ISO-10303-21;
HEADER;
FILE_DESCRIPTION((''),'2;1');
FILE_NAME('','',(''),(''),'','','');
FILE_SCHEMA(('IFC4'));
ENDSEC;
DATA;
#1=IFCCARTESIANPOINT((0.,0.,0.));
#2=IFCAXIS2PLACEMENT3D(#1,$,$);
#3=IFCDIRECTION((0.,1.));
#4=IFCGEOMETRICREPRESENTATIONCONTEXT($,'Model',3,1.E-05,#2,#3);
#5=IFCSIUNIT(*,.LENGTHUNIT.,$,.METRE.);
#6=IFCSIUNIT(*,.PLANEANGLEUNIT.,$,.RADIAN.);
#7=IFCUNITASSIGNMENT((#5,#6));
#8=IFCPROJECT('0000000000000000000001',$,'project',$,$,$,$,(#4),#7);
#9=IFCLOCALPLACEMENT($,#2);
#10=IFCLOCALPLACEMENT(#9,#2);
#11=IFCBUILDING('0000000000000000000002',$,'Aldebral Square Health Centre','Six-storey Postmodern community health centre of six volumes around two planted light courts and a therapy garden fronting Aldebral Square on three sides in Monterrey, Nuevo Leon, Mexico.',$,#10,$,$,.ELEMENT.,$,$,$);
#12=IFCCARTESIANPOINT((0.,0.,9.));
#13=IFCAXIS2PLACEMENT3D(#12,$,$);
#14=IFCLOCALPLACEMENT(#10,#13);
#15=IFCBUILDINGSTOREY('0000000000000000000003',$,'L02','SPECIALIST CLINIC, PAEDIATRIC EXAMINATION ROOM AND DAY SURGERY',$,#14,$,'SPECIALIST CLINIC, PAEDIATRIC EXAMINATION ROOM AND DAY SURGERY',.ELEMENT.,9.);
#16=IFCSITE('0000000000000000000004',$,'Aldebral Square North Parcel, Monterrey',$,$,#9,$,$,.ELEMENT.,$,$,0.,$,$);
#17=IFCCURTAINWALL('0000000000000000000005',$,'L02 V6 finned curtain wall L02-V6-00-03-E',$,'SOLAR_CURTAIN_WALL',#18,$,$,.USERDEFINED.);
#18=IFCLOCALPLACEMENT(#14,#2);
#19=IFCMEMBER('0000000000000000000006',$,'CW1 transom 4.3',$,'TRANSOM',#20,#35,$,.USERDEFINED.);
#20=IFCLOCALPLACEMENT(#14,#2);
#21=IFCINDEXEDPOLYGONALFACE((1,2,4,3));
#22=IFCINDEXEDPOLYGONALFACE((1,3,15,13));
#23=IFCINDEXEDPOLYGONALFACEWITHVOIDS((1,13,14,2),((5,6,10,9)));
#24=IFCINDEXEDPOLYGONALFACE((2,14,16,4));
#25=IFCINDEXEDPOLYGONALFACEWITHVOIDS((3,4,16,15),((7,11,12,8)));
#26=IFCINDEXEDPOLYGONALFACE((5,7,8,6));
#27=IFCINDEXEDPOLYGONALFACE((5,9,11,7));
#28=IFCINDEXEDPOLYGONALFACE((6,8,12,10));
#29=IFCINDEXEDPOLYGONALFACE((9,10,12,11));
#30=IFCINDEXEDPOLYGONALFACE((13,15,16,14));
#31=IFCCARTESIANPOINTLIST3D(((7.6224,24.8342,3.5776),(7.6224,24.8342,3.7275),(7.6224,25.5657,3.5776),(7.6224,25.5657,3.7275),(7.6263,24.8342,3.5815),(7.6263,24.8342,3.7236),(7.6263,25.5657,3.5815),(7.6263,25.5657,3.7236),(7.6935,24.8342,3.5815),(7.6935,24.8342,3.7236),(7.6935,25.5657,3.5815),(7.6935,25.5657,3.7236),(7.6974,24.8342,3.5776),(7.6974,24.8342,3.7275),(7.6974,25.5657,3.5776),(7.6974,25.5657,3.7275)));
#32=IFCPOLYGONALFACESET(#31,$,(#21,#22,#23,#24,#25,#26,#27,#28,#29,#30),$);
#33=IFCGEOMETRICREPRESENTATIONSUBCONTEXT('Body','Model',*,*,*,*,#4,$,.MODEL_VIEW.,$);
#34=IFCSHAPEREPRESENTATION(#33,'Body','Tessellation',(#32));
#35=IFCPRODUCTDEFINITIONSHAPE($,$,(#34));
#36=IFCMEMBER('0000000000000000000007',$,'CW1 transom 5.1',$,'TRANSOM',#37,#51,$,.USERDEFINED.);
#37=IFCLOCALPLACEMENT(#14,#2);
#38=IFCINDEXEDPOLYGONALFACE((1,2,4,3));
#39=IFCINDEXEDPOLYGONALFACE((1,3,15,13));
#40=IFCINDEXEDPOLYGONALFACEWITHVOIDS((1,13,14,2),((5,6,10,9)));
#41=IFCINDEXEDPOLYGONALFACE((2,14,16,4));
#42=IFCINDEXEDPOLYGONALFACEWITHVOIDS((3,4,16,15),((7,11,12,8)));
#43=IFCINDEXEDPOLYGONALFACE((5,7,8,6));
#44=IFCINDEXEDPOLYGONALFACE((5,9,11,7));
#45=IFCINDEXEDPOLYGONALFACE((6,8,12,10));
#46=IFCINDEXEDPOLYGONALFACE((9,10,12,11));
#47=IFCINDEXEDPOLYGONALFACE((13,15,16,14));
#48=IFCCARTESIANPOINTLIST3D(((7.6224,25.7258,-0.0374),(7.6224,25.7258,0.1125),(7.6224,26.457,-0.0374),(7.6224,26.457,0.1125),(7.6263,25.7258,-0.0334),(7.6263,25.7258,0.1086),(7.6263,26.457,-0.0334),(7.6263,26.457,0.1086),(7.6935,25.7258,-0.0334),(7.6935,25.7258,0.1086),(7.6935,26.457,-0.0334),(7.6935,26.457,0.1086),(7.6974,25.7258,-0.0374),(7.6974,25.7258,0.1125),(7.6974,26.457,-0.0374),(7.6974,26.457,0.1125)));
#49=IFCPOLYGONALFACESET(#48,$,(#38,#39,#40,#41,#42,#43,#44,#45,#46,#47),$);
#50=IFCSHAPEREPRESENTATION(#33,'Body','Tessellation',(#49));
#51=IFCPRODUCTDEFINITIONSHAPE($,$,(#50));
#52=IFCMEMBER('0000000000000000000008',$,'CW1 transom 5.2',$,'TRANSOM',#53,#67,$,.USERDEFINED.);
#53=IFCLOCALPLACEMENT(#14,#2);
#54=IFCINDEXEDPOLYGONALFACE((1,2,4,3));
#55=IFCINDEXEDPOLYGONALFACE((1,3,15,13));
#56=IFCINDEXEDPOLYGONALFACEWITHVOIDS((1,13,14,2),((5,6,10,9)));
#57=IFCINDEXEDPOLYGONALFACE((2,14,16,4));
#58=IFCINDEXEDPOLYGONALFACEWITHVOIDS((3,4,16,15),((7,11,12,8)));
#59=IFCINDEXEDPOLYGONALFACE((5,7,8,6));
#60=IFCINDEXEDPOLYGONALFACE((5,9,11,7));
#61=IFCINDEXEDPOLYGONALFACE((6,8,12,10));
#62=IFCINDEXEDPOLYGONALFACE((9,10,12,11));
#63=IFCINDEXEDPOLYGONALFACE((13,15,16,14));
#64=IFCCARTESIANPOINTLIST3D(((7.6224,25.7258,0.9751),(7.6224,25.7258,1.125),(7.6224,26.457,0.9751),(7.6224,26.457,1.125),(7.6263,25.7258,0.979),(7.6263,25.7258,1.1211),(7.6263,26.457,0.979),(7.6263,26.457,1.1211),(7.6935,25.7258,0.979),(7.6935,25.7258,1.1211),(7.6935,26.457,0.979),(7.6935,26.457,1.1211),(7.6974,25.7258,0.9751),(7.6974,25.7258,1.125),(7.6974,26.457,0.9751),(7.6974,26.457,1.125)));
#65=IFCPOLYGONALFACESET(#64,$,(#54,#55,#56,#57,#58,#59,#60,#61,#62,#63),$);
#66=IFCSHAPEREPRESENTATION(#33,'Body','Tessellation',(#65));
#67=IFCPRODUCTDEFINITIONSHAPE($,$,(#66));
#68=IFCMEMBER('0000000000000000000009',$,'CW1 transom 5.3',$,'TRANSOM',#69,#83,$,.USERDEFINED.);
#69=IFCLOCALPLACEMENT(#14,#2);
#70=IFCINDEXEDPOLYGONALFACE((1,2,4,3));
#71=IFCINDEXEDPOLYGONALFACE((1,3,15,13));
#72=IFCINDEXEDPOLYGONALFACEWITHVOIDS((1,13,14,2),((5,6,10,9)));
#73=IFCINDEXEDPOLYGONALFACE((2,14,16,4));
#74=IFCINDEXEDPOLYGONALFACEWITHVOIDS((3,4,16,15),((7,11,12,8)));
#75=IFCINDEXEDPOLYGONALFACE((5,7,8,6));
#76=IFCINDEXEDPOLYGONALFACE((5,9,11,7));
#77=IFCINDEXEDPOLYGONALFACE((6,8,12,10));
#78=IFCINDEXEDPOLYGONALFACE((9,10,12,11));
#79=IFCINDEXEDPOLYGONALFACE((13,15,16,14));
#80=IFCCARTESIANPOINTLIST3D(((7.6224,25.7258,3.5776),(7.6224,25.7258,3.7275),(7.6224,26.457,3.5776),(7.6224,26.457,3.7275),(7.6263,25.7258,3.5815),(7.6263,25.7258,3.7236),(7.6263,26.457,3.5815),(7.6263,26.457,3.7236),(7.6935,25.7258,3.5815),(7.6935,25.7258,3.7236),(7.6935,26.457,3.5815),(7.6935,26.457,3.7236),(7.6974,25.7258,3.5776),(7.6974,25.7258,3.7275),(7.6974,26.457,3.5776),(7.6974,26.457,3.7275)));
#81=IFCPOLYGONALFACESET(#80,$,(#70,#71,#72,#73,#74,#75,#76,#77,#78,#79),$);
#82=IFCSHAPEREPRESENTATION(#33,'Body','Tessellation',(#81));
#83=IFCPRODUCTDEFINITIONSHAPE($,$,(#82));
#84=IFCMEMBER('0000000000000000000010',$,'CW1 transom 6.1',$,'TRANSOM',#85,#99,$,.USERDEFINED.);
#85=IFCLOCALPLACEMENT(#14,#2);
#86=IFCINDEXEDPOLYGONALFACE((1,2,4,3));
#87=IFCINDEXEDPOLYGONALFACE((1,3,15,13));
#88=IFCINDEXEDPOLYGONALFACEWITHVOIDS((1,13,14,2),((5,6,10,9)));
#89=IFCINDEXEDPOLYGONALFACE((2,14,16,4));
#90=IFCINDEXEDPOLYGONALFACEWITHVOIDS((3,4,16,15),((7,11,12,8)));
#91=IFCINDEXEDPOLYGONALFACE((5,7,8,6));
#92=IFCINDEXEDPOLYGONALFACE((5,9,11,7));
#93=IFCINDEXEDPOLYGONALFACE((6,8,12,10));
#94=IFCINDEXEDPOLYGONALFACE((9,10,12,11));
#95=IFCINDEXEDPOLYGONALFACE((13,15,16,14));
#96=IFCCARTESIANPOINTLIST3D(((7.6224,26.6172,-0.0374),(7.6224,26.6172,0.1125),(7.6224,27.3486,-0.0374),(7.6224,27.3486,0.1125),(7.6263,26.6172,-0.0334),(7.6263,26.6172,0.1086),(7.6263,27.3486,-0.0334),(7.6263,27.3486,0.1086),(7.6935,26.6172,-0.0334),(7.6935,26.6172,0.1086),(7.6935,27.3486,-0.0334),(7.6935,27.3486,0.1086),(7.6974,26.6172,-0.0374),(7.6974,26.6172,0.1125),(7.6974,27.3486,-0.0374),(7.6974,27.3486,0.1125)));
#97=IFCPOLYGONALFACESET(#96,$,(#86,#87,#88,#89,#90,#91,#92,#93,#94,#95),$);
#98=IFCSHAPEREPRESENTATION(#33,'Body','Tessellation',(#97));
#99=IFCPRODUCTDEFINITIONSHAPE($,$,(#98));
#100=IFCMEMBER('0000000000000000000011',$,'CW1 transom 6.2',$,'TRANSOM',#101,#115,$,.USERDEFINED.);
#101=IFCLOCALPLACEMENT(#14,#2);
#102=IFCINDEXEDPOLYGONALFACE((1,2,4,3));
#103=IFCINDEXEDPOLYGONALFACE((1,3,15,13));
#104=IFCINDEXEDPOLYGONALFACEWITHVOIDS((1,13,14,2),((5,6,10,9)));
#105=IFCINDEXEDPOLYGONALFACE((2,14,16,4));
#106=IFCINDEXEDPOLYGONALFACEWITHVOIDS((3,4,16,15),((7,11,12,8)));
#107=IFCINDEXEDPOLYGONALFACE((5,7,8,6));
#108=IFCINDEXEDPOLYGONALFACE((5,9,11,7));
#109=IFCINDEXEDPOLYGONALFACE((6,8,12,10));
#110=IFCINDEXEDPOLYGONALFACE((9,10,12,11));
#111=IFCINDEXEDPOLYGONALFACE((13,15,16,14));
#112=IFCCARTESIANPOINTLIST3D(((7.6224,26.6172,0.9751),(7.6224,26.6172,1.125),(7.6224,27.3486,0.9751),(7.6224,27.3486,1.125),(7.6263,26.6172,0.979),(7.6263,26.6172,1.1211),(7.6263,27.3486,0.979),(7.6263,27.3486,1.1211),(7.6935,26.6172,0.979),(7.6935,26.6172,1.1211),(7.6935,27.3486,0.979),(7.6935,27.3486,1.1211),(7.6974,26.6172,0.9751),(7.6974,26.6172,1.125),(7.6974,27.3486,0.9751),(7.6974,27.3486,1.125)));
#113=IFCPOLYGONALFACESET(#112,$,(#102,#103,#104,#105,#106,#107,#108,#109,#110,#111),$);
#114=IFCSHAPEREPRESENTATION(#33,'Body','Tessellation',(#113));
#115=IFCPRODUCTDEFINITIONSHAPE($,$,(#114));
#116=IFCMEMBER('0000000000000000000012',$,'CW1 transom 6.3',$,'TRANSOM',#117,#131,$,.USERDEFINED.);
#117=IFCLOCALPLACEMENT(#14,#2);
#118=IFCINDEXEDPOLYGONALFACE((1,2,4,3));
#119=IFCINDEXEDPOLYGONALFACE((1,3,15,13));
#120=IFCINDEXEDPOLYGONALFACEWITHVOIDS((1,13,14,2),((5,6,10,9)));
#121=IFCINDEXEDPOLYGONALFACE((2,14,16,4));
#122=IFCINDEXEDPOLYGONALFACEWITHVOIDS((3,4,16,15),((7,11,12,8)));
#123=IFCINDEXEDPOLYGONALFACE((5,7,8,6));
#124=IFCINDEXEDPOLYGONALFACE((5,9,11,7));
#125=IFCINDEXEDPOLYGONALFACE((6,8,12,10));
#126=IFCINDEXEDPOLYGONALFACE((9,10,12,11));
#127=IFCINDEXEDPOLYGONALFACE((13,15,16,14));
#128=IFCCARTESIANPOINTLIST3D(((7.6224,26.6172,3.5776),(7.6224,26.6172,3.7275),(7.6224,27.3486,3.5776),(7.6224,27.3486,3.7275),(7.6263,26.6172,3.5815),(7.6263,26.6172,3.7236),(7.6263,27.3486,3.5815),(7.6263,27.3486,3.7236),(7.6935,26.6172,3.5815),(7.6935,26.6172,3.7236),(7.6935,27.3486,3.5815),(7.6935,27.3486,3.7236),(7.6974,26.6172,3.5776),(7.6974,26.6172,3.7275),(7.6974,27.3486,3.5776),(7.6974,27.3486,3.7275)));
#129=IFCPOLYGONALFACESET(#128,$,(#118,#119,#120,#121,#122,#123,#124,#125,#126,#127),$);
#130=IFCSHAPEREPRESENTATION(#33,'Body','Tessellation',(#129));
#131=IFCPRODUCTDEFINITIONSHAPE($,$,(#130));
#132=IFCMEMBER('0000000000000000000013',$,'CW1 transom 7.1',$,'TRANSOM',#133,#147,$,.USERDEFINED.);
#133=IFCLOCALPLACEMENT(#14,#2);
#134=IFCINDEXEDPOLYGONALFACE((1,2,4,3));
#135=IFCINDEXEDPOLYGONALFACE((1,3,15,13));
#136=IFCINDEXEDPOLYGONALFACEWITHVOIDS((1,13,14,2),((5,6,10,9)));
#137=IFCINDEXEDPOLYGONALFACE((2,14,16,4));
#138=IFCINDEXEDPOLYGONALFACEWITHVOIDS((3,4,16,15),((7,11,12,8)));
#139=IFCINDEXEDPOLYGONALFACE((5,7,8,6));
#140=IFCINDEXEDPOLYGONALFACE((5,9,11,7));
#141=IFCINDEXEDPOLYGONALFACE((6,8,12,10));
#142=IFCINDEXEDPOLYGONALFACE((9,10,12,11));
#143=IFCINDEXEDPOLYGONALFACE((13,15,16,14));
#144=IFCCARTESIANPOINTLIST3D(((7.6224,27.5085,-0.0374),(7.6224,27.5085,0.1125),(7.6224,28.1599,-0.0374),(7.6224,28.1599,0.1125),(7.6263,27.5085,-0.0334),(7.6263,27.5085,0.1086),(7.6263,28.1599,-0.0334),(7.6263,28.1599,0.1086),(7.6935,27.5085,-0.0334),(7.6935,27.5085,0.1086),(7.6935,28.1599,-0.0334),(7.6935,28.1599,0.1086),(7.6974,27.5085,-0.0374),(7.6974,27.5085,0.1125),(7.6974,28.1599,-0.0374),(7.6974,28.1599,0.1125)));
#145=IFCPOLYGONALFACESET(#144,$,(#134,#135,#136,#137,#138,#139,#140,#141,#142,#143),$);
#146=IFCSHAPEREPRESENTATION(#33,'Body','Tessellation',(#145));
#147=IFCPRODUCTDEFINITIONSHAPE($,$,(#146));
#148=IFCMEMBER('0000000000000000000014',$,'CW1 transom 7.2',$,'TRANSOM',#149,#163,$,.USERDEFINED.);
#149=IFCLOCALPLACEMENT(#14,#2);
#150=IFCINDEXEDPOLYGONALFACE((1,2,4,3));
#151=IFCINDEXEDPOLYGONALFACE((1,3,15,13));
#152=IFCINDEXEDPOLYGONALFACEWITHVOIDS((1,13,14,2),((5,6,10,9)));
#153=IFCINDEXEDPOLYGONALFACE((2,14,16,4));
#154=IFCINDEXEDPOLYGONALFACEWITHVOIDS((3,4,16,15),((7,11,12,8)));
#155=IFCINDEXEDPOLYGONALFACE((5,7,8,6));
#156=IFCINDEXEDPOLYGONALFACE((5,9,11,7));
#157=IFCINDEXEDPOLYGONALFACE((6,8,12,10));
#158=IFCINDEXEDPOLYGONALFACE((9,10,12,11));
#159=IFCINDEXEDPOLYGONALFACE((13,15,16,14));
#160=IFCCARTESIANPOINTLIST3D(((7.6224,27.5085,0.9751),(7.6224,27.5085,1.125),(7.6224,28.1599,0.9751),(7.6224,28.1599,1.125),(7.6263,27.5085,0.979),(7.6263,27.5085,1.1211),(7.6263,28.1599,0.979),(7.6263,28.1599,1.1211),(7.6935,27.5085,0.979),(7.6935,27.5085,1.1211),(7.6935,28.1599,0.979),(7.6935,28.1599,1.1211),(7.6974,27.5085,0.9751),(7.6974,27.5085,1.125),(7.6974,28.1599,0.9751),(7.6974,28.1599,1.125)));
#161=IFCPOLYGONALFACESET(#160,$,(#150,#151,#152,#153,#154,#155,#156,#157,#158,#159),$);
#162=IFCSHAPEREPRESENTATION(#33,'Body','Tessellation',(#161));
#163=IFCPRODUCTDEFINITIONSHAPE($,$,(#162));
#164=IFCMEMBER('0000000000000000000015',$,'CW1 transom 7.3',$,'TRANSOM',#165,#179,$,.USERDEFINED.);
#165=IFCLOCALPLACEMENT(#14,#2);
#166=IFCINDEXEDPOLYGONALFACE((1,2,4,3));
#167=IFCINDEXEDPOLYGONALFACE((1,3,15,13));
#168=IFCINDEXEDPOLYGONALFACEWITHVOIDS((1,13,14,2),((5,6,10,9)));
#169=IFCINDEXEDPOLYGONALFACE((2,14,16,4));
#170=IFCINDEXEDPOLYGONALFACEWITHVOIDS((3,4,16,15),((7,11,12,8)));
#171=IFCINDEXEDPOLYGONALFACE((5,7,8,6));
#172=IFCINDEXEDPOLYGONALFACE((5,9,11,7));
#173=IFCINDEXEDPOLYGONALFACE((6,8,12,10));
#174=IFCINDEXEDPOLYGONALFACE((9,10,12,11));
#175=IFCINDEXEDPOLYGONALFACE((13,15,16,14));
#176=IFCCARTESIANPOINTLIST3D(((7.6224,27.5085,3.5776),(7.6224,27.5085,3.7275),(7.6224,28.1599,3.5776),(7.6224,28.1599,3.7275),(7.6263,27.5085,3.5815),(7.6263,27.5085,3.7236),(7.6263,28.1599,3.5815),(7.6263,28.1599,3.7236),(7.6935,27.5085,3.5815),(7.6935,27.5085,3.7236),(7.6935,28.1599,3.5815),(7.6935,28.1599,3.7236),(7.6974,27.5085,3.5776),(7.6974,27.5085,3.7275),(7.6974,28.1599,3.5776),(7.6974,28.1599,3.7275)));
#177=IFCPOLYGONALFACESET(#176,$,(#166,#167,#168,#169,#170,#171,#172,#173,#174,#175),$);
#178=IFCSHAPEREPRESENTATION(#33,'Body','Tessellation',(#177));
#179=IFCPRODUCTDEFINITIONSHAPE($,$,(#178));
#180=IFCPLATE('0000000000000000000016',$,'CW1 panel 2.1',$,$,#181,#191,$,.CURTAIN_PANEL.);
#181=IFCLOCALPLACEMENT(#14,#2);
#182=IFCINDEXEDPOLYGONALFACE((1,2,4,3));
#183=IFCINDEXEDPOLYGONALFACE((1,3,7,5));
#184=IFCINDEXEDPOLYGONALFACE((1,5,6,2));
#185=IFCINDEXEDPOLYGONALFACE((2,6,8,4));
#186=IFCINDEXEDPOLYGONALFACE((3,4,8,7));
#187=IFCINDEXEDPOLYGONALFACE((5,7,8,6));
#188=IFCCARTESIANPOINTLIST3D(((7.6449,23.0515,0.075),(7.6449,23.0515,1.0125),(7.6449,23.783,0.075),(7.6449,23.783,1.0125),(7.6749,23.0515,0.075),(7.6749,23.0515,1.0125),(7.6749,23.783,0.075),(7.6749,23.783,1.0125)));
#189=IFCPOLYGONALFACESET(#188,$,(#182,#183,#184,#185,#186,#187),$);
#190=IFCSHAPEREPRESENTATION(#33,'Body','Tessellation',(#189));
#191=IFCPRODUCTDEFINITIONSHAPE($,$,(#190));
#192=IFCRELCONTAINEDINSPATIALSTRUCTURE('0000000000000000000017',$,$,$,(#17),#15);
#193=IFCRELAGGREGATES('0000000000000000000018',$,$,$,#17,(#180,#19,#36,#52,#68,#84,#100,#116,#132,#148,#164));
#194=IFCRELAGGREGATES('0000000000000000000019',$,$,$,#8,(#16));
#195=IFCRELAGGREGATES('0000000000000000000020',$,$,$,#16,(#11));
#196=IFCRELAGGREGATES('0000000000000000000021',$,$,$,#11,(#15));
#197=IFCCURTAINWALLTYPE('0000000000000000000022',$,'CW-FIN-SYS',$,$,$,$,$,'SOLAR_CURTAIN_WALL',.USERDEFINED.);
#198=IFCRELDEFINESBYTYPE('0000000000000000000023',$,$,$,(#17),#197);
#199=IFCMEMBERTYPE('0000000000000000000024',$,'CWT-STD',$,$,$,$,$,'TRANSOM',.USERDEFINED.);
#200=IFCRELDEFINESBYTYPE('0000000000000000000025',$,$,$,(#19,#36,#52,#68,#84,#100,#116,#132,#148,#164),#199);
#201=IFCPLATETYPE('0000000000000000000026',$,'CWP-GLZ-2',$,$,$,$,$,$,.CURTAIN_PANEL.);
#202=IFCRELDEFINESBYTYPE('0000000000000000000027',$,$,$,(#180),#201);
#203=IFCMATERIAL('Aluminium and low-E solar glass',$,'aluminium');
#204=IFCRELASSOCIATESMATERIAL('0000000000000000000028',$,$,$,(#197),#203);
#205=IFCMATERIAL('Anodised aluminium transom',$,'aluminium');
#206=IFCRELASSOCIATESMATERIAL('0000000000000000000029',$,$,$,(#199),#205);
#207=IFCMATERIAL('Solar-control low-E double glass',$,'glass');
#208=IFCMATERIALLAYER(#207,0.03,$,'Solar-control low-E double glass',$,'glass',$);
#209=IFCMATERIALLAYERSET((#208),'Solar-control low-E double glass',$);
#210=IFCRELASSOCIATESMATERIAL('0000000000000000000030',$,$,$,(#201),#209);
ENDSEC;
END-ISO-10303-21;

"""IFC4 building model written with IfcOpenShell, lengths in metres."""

from ifc_helpers import new_model, si_unit, direction, frame, origin, origin_2d, place, context, subcontext, project, spatial, rectangle, hollow_rectangle, extrude, material, layer, layer_set, material_profile, profile_set, type_object, element, aggregate, save


model = new_model("IFC4")

# Units and contexts
model_context = context("Model", 3, precision=1e-05, world=origin(), true_north=direction((0.0, 1.0)))
body_context = subcontext(model_context, "Body", "Model", "MODEL_VIEW")
ifc_project = project(units=[si_unit("LENGTHUNIT", "METRE"), si_unit("PLANEANGLEUNIT", "RADIAN")], contexts=[model_context])

# Site, building, storey
site_placement = place(None, origin())
site = spatial("IfcSite", under=ifc_project, at=site_placement, Name="Aldebral Square North Parcel, Monterrey", CompositionType="ELEMENT", RefElevation=0.0)
building_placement = place(site_placement, origin())
building = spatial("IfcBuilding", under=site, at=building_placement, Name="Aldebral Square Health Centre", Description="Six-storey Postmodern community health centre of six volumes around two planted light courts and a therapy garden fronting Aldebral Square on three sides in Monterrey, Nuevo Leon, Mexico.", CompositionType="ELEMENT")
storey_placement = place(building_placement, frame((0.0, 0.0, 9.0)))
storey = spatial("IfcBuildingStorey", under=building, at=storey_placement, Name="L02", Description="SPECIALIST CLINIC, PAEDIATRIC EXAMINATION ROOM AND DAY SURGERY", LongName="SPECIALIST CLINIC, PAEDIATRIC EXAMINATION ROOM AND DAY SURGERY", CompositionType="ELEMENT", Elevation=9.0)

# Curtain wall, members, plate
ifc_material_1 = material(Name="Aluminium and low-E solar glass", Category="aluminium")
curtain_wall_type = type_object("IfcCurtainWallType", Name="CW-FIN-SYS", ElementType="SOLAR_CURTAIN_WALL", PredefinedType="USERDEFINED", material=ifc_material_1)
curtain_wall_placement = place(storey_placement, origin())
curtain_wall = element("IfcCurtainWall", 1, at=curtain_wall_placement, inside=storey, type_object=curtain_wall_type, Name="L02 V6 finned curtain wall L02-V6-00-03-E", ObjectType="SOLAR_CURTAIN_WALL", PredefinedType="USERDEFINED")
ifc_material_2 = material(Name="Anodised aluminium transom", Category="aluminium")
ifc_material_profile_1 = material_profile(ifc_material_2, hollow_rectangle(XDim=0.075, YDim=0.1499, WallThickness=0.0039, at=origin_2d()), Name="CWT 75x150x4")
ifc_profile_set_1 = profile_set([ifc_material_profile_1], Name="Anodised aluminium transom")
member_type_1 = type_object("IfcMemberType", Name="CWT-STD", ElementType="TRANSOM", PredefinedType="USERDEFINED", material=ifc_profile_set_1)
member_1_placement = place(storey_placement, frame((7.6599, 24.8342, 3.6526), z_axis=(0.0, 1.0, 0.0), x_axis=(-1.0, 0.0, 0.0)))
member_1 = element("IfcMember", 2, at=member_1_placement, type_object=member_type_1, Name="CW1 transom 4.3", ObjectType="TRANSOM", PredefinedType="USERDEFINED", context=body_context, shape_type="SweptSolid", body=[
    extrude(hollow_rectangle(XDim=0.075, YDim=0.1499, WallThickness=0.0039, at=origin_2d()), origin(), (0.0, 0.0, 1.0), 0.7314),
])
member_2_placement = place(storey_placement, frame((7.6599, 25.7258, 0.0376), z_axis=(0.0, 1.0, 0.0), x_axis=(-1.0, 0.0, 0.0)))
member_2 = element("IfcMember", 3, at=member_2_placement, type_object=member_type_1, Name="CW1 transom 5.1", ObjectType="TRANSOM", PredefinedType="USERDEFINED", context=body_context, shape_type="SweptSolid", body=[
    extrude(hollow_rectangle(XDim=0.075, YDim=0.1499, WallThickness=0.0039, at=origin_2d()), origin(), (0.0, 0.0, 1.0), 0.7312),
])
member_3_placement = place(storey_placement, frame((7.6599, 25.7258, 1.05), z_axis=(0.0, 1.0, 0.0), x_axis=(-1.0, 0.0, 0.0)))
member_3 = element("IfcMember", 4, at=member_3_placement, type_object=member_type_1, Name="CW1 transom 5.2", ObjectType="TRANSOM", PredefinedType="USERDEFINED", context=body_context, shape_type="SweptSolid", body=[
    extrude(hollow_rectangle(XDim=0.075, YDim=0.1499, WallThickness=0.0039, at=origin_2d()), origin(), (0.0, 0.0, 1.0), 0.7312),
])
member_4_placement = place(storey_placement, frame((7.6599, 25.7258, 3.6526), z_axis=(0.0, 1.0, 0.0), x_axis=(-1.0, 0.0, 0.0)))
member_4 = element("IfcMember", 5, at=member_4_placement, type_object=member_type_1, Name="CW1 transom 5.3", ObjectType="TRANSOM", PredefinedType="USERDEFINED", context=body_context, shape_type="SweptSolid", body=[
    extrude(hollow_rectangle(XDim=0.075, YDim=0.1499, WallThickness=0.0039, at=origin_2d()), origin(), (0.0, 0.0, 1.0), 0.7312),
])
member_5_placement = place(storey_placement, frame((7.6599, 26.6172, 0.0376), z_axis=(0.0, 1.0, 0.0), x_axis=(-1.0, 0.0, 0.0)))
member_5 = element("IfcMember", 6, at=member_5_placement, type_object=member_type_1, Name="CW1 transom 6.1", ObjectType="TRANSOM", PredefinedType="USERDEFINED", context=body_context, shape_type="SweptSolid", body=[
    extrude(hollow_rectangle(XDim=0.075, YDim=0.1499, WallThickness=0.0039, at=origin_2d()), origin(), (0.0, 0.0, 1.0), 0.7314),
])
member_6_placement = place(storey_placement, frame((7.6599, 26.6172, 1.05), z_axis=(0.0, 1.0, 0.0), x_axis=(-1.0, 0.0, 0.0)))
member_6 = element("IfcMember", 7, at=member_6_placement, type_object=member_type_1, Name="CW1 transom 6.2", ObjectType="TRANSOM", PredefinedType="USERDEFINED", context=body_context, shape_type="SweptSolid", body=[
    extrude(hollow_rectangle(XDim=0.075, YDim=0.1499, WallThickness=0.0039, at=origin_2d()), origin(), (0.0, 0.0, 1.0), 0.7314),
])
member_7_placement = place(storey_placement, frame((7.6599, 26.6172, 3.6526), z_axis=(0.0, 1.0, 0.0), x_axis=(-1.0, 0.0, 0.0)))
member_7 = element("IfcMember", 8, at=member_7_placement, type_object=member_type_1, Name="CW1 transom 6.3", ObjectType="TRANSOM", PredefinedType="USERDEFINED", context=body_context, shape_type="SweptSolid", body=[
    extrude(hollow_rectangle(XDim=0.075, YDim=0.1499, WallThickness=0.0039, at=origin_2d()), origin(), (0.0, 0.0, 1.0), 0.7314),
])
member_8_placement = place(storey_placement, frame((7.6599, 27.5085, 0.0376), z_axis=(0.0, 1.0, 0.0), x_axis=(-1.0, 0.0, 0.0)))
member_8 = element("IfcMember", 9, at=member_8_placement, type_object=member_type_1, Name="CW1 transom 7.1", ObjectType="TRANSOM", PredefinedType="USERDEFINED", context=body_context, shape_type="SweptSolid", body=[
    extrude(hollow_rectangle(XDim=0.075, YDim=0.1499, WallThickness=0.0039, at=origin_2d()), origin(), (0.0, 0.0, 1.0), 0.6514),
])
member_9_placement = place(storey_placement, frame((7.6599, 27.5085, 1.05), z_axis=(0.0, 1.0, 0.0), x_axis=(-1.0, 0.0, 0.0)))
member_9 = element("IfcMember", 10, at=member_9_placement, type_object=member_type_1, Name="CW1 transom 7.2", ObjectType="TRANSOM", PredefinedType="USERDEFINED", context=body_context, shape_type="SweptSolid", body=[
    extrude(hollow_rectangle(XDim=0.075, YDim=0.1499, WallThickness=0.0039, at=origin_2d()), origin(), (0.0, 0.0, 1.0), 0.6514),
])
member_10_placement = place(storey_placement, frame((7.6599, 27.5085, 3.6526), z_axis=(0.0, 1.0, 0.0), x_axis=(-1.0, 0.0, 0.0)))
member_10 = element("IfcMember", 11, at=member_10_placement, type_object=member_type_1, Name="CW1 transom 7.3", ObjectType="TRANSOM", PredefinedType="USERDEFINED", context=body_context, shape_type="SweptSolid", body=[
    extrude(hollow_rectangle(XDim=0.075, YDim=0.1499, WallThickness=0.0039, at=origin_2d()), origin(), (0.0, 0.0, 1.0), 0.6514),
])
ifc_material_3 = material(Name="Solar-control low-E double glass", Category="glass")
ifc_layer = layer(ifc_material_3, 0.03, Name="Solar-control low-E double glass", Category="glass")
ifc_layer_set = layer_set([ifc_layer], Name="Solar-control low-E double glass")
plate_type = type_object("IfcPlateType", Name="CWP-GLZ-2", PredefinedType="CURTAIN_PANEL", material=ifc_layer_set)
plate_1_placement = place(storey_placement, frame((7.6599, 23.4172, 0.075), z_axis=(0.0, 0.0, 1.0), x_axis=(0.0, 1.0, 0.0)))
plate_1 = element("IfcPlate", 12, at=plate_1_placement, type_object=plate_type, Name="CW1 panel 2.1", PredefinedType="CURTAIN_PANEL", context=body_context, shape_type="SweptSolid", body=[
    extrude(rectangle(XDim=0.7314, YDim=0.03, at=origin_2d()), origin(), (0.0, 0.0, 1.0), 0.9375),
])
aggregate(curtain_wall, [plate_1, member_1, member_2, member_3, member_4, member_5, member_6, member_7, member_8, member_9, member_10])

save(model, "model.ifc")
